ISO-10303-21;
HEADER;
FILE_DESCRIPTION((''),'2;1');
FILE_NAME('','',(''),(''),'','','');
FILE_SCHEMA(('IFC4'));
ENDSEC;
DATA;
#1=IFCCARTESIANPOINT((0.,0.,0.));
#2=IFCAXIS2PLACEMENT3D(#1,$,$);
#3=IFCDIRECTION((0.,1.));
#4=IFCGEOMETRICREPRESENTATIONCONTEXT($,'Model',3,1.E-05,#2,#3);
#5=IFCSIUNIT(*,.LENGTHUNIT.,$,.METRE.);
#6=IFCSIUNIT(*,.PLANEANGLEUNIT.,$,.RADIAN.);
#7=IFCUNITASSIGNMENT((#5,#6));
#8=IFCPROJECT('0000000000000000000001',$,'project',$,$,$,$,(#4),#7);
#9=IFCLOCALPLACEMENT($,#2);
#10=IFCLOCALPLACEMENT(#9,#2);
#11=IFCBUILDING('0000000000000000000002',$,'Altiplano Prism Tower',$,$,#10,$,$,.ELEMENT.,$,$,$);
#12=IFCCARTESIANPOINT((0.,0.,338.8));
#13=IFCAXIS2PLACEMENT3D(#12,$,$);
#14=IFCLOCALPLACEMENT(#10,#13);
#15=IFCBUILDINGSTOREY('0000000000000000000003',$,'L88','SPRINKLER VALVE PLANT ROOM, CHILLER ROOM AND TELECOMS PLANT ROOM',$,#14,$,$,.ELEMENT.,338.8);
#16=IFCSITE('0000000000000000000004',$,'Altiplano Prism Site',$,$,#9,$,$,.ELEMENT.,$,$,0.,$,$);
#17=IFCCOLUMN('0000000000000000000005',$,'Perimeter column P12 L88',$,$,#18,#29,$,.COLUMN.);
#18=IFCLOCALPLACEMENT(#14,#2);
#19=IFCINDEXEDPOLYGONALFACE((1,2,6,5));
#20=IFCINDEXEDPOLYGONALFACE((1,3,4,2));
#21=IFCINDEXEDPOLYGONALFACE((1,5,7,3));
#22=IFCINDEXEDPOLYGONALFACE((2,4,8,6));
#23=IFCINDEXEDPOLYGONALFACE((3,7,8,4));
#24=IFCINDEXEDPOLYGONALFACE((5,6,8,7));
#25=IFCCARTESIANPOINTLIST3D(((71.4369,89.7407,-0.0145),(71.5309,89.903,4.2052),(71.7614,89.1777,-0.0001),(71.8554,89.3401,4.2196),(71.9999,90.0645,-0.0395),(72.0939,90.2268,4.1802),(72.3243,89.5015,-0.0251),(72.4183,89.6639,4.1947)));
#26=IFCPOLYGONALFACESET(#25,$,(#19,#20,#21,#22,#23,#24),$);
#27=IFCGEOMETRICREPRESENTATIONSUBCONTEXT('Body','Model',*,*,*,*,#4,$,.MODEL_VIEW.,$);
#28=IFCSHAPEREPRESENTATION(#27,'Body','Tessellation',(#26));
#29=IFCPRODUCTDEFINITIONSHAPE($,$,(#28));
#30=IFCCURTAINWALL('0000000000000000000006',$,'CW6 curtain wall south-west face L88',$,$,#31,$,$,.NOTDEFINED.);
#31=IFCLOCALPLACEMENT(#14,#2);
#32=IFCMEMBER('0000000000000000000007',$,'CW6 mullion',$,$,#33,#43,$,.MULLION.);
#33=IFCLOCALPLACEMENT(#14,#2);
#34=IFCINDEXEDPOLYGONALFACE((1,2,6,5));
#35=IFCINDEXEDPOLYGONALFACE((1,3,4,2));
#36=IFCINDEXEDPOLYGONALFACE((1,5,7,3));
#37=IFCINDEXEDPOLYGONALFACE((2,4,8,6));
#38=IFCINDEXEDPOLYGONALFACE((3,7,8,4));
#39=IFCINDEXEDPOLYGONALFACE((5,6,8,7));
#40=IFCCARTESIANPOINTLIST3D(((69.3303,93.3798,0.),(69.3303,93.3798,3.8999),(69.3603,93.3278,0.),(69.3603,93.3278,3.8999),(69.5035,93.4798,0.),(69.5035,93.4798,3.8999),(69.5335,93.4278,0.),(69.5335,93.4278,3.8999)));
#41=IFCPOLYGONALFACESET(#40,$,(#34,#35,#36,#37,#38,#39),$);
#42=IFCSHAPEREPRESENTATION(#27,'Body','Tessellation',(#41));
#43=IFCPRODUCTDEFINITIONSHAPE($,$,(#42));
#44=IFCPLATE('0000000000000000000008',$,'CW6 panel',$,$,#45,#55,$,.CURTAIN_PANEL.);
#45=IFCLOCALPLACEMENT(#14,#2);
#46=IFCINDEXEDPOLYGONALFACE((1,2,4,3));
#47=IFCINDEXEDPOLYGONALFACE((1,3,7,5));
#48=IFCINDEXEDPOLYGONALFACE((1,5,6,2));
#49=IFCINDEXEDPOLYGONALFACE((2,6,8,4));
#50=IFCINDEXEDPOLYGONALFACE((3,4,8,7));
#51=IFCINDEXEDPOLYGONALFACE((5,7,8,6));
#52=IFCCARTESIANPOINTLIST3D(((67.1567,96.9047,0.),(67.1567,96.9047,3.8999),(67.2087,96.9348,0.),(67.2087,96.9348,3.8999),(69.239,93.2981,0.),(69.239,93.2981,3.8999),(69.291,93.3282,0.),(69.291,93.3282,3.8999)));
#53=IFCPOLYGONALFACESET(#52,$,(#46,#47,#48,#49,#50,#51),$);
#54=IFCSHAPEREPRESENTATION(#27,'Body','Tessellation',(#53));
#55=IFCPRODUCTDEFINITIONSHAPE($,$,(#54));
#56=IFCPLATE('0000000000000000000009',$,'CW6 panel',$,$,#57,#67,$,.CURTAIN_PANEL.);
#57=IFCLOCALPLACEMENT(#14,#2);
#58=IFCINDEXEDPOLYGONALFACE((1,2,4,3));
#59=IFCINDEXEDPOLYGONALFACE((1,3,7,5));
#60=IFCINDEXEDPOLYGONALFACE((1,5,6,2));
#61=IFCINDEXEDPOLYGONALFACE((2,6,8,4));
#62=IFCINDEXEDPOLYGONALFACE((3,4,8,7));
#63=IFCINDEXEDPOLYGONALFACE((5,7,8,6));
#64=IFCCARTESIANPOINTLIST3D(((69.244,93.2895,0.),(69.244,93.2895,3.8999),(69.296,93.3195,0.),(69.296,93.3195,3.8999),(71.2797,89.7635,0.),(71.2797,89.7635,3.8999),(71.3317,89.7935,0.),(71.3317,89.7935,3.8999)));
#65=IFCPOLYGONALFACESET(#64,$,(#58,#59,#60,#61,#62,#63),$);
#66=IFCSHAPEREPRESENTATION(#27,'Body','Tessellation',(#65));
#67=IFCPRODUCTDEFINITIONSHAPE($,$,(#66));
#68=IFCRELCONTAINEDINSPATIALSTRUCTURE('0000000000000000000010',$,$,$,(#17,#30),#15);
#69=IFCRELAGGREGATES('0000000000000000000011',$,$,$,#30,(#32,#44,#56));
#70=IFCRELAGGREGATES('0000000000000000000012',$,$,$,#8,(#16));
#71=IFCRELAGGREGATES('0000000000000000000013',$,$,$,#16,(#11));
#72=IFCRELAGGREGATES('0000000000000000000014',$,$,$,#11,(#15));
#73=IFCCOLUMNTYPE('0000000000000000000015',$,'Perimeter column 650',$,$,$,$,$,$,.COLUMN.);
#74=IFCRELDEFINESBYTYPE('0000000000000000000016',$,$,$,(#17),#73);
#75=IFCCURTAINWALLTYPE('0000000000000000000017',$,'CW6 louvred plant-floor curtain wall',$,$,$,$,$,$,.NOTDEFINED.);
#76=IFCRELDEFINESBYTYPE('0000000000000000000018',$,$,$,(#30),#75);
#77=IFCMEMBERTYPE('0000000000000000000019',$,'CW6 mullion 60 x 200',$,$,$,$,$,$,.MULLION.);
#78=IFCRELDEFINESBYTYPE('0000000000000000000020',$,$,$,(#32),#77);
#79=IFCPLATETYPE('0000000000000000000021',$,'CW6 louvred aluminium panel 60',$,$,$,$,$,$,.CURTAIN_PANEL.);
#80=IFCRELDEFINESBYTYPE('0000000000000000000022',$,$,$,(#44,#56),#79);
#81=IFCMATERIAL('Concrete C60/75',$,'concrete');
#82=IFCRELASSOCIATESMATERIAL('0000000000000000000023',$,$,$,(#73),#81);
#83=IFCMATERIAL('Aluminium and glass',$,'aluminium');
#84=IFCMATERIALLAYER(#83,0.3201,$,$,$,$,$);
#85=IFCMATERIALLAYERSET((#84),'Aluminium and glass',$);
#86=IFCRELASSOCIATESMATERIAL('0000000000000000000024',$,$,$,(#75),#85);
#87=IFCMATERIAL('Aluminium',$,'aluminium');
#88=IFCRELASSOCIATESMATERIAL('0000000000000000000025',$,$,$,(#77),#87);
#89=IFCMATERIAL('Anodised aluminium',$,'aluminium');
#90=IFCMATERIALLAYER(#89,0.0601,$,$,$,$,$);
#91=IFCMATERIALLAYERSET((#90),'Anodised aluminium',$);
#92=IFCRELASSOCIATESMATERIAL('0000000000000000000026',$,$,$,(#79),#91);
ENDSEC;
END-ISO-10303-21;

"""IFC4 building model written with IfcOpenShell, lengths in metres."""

from ifc_helpers import new_model, si_unit, direction, frame, origin, origin_2d, place, context, subcontext, project, spatial, rectangle, extrude, material, layer, layer_set, material_profile, profile_set, type_object, element, aggregate, save


model = new_model("IFC4")

# Units and contexts
model_context = context("Model", 3, precision=1e-05, world=origin(), true_north=direction((0.0, 1.0)))
body_context = subcontext(model_context, "Body", "Model", "MODEL_VIEW")
ifc_project = project(units=[si_unit("LENGTHUNIT", "METRE"), si_unit("PLANEANGLEUNIT", "RADIAN")], contexts=[model_context])

# Site, building, storey
site_placement = place(None, origin())
site = spatial("IfcSite", under=ifc_project, at=site_placement, Name="Altiplano Prism Site", CompositionType="ELEMENT", RefElevation=0.0)
building_placement = place(site_placement, origin())
building = spatial("IfcBuilding", under=site, at=building_placement, Name="Altiplano Prism Tower", CompositionType="ELEMENT")
storey_placement = place(building_placement, frame((0.0, 0.0, 338.8)))
storey = spatial("IfcBuildingStorey", under=building, at=storey_placement, Name="L88", Description="SPRINKLER VALVE PLANT ROOM, CHILLER ROOM AND TELECOMS PLANT ROOM", CompositionType="ELEMENT", Elevation=338.8)

# Column
ifc_material_1 = material(Name="Concrete C60/75", Category="concrete")
ifc_material_profile_1 = material_profile(ifc_material_1, rectangle(XDim=0.6499, YDim=0.6499, at=origin_2d()), Name="Perimeter column 650")
ifc_profile_set_1 = profile_set([ifc_material_profile_1], Name="Concrete C60/75")
column_type = type_object("IfcColumnType", Name="Perimeter column 650", PredefinedType="COLUMN", material=ifc_profile_set_1)
column_placement = place(storey_placement, frame((71.8806, 89.6211, -0.0198), z_axis=(0.022253, 0.038437, 0.999013), x_axis=(-0.866198, -0.498219, 0.038463)))
element("IfcColumn", 1, at=column_placement, inside=storey, type_object=column_type, Name="Perimeter column P12 L88", PredefinedType="COLUMN", context=body_context, shape_type="SweptSolid", body=[
    extrude(rectangle(XDim=0.6499, YDim=0.6499, at=origin_2d()), origin(), (0.0, 0.0, 1.0), 4.2239),
])

# Curtain wall, member, plates
ifc_material_2 = material(Name="Aluminium and glass", Category="aluminium")
ifc_layer_1 = layer(ifc_material_2, 0.3201)
ifc_layer_set_1 = layer_set([ifc_layer_1], Name="Aluminium and glass")
curtain_wall_type = type_object("IfcCurtainWallType", Name="CW6 louvred plant-floor curtain wall", PredefinedType="NOTDEFINED", material=ifc_layer_set_1)
curtain_wall_placement = place(storey_placement, origin())
curtain_wall = element("IfcCurtainWall", 2, at=curtain_wall_placement, inside=storey, type_object=curtain_wall_type, Name="CW6 curtain wall south-west face L88", PredefinedType="NOTDEFINED")
ifc_material_3 = material(Name="Aluminium", Category="aluminium")
ifc_material_profile_2 = material_profile(ifc_material_3, rectangle(XDim=0.2, YDim=0.0601, at=origin_2d()), Name="CW6 mullion 60 x 200")
ifc_profile_set_2 = profile_set([ifc_material_profile_2], Name="Aluminium")
member_type = type_object("IfcMemberType", Name="CW6 mullion 60 x 200", PredefinedType="MULLION", material=ifc_profile_set_2)
member_placement = place(storey_placement, frame((69.4319, 93.4038, 0.0), z_axis=(0.0, 0.0, 1.0), x_axis=(0.866025, 0.5, 0.0)))
member = element("IfcMember", 3, at=member_placement, type_object=member_type, Name="CW6 mullion", PredefinedType="MULLION", context=body_context, shape_type="SweptSolid", body=[
    extrude(rectangle(XDim=0.2, YDim=0.0601, at=origin_2d()), origin(), (0.0, 0.0, 1.0), 3.8999),
])
ifc_material_4 = material(Name="Anodised aluminium", Category="aluminium")
ifc_layer_2 = layer(ifc_material_4, 0.0601)
ifc_layer_set_2 = layer_set([ifc_layer_2], Name="Anodised aluminium")
plate_type = type_object("IfcPlateType", Name="CW6 louvred aluminium panel 60", PredefinedType="CURTAIN_PANEL", material=ifc_layer_set_2)
plate_1_placement = place(storey_placement, frame((68.2239, 95.1165, 0.0), z_axis=(0.0, 0.0, 1.0), x_axis=(0.5, -0.866025, 0.0)))
plate_1 = element("IfcPlate", 4, at=plate_1_placement, type_object=plate_type, Name="CW6 panel", PredefinedType="CURTAIN_PANEL", context=body_context, shape_type="SweptSolid", body=[
    extrude(rectangle(XDim=4.1646, YDim=0.0601, at=origin_2d()), origin(), (0.0, 0.0, 1.0), 3.8999),
])
plate_2_placement = place(storey_placement, frame((70.2878, 91.5415, 0.0), z_axis=(0.0, 0.0, 1.0), x_axis=(0.5, -0.866025, 0.0)))
plate_2 = element("IfcPlate", 5, at=plate_2_placement, type_object=plate_type, Name="CW6 panel", PredefinedType="CURTAIN_PANEL", context=body_context, shape_type="SweptSolid", body=[
    extrude(rectangle(XDim=4.0715, YDim=0.0601, at=origin_2d()), origin(), (0.0, 0.0, 1.0), 3.8999),
])
aggregate(curtain_wall, [member, plate_1, plate_2])

save(model, "model.ifc")
